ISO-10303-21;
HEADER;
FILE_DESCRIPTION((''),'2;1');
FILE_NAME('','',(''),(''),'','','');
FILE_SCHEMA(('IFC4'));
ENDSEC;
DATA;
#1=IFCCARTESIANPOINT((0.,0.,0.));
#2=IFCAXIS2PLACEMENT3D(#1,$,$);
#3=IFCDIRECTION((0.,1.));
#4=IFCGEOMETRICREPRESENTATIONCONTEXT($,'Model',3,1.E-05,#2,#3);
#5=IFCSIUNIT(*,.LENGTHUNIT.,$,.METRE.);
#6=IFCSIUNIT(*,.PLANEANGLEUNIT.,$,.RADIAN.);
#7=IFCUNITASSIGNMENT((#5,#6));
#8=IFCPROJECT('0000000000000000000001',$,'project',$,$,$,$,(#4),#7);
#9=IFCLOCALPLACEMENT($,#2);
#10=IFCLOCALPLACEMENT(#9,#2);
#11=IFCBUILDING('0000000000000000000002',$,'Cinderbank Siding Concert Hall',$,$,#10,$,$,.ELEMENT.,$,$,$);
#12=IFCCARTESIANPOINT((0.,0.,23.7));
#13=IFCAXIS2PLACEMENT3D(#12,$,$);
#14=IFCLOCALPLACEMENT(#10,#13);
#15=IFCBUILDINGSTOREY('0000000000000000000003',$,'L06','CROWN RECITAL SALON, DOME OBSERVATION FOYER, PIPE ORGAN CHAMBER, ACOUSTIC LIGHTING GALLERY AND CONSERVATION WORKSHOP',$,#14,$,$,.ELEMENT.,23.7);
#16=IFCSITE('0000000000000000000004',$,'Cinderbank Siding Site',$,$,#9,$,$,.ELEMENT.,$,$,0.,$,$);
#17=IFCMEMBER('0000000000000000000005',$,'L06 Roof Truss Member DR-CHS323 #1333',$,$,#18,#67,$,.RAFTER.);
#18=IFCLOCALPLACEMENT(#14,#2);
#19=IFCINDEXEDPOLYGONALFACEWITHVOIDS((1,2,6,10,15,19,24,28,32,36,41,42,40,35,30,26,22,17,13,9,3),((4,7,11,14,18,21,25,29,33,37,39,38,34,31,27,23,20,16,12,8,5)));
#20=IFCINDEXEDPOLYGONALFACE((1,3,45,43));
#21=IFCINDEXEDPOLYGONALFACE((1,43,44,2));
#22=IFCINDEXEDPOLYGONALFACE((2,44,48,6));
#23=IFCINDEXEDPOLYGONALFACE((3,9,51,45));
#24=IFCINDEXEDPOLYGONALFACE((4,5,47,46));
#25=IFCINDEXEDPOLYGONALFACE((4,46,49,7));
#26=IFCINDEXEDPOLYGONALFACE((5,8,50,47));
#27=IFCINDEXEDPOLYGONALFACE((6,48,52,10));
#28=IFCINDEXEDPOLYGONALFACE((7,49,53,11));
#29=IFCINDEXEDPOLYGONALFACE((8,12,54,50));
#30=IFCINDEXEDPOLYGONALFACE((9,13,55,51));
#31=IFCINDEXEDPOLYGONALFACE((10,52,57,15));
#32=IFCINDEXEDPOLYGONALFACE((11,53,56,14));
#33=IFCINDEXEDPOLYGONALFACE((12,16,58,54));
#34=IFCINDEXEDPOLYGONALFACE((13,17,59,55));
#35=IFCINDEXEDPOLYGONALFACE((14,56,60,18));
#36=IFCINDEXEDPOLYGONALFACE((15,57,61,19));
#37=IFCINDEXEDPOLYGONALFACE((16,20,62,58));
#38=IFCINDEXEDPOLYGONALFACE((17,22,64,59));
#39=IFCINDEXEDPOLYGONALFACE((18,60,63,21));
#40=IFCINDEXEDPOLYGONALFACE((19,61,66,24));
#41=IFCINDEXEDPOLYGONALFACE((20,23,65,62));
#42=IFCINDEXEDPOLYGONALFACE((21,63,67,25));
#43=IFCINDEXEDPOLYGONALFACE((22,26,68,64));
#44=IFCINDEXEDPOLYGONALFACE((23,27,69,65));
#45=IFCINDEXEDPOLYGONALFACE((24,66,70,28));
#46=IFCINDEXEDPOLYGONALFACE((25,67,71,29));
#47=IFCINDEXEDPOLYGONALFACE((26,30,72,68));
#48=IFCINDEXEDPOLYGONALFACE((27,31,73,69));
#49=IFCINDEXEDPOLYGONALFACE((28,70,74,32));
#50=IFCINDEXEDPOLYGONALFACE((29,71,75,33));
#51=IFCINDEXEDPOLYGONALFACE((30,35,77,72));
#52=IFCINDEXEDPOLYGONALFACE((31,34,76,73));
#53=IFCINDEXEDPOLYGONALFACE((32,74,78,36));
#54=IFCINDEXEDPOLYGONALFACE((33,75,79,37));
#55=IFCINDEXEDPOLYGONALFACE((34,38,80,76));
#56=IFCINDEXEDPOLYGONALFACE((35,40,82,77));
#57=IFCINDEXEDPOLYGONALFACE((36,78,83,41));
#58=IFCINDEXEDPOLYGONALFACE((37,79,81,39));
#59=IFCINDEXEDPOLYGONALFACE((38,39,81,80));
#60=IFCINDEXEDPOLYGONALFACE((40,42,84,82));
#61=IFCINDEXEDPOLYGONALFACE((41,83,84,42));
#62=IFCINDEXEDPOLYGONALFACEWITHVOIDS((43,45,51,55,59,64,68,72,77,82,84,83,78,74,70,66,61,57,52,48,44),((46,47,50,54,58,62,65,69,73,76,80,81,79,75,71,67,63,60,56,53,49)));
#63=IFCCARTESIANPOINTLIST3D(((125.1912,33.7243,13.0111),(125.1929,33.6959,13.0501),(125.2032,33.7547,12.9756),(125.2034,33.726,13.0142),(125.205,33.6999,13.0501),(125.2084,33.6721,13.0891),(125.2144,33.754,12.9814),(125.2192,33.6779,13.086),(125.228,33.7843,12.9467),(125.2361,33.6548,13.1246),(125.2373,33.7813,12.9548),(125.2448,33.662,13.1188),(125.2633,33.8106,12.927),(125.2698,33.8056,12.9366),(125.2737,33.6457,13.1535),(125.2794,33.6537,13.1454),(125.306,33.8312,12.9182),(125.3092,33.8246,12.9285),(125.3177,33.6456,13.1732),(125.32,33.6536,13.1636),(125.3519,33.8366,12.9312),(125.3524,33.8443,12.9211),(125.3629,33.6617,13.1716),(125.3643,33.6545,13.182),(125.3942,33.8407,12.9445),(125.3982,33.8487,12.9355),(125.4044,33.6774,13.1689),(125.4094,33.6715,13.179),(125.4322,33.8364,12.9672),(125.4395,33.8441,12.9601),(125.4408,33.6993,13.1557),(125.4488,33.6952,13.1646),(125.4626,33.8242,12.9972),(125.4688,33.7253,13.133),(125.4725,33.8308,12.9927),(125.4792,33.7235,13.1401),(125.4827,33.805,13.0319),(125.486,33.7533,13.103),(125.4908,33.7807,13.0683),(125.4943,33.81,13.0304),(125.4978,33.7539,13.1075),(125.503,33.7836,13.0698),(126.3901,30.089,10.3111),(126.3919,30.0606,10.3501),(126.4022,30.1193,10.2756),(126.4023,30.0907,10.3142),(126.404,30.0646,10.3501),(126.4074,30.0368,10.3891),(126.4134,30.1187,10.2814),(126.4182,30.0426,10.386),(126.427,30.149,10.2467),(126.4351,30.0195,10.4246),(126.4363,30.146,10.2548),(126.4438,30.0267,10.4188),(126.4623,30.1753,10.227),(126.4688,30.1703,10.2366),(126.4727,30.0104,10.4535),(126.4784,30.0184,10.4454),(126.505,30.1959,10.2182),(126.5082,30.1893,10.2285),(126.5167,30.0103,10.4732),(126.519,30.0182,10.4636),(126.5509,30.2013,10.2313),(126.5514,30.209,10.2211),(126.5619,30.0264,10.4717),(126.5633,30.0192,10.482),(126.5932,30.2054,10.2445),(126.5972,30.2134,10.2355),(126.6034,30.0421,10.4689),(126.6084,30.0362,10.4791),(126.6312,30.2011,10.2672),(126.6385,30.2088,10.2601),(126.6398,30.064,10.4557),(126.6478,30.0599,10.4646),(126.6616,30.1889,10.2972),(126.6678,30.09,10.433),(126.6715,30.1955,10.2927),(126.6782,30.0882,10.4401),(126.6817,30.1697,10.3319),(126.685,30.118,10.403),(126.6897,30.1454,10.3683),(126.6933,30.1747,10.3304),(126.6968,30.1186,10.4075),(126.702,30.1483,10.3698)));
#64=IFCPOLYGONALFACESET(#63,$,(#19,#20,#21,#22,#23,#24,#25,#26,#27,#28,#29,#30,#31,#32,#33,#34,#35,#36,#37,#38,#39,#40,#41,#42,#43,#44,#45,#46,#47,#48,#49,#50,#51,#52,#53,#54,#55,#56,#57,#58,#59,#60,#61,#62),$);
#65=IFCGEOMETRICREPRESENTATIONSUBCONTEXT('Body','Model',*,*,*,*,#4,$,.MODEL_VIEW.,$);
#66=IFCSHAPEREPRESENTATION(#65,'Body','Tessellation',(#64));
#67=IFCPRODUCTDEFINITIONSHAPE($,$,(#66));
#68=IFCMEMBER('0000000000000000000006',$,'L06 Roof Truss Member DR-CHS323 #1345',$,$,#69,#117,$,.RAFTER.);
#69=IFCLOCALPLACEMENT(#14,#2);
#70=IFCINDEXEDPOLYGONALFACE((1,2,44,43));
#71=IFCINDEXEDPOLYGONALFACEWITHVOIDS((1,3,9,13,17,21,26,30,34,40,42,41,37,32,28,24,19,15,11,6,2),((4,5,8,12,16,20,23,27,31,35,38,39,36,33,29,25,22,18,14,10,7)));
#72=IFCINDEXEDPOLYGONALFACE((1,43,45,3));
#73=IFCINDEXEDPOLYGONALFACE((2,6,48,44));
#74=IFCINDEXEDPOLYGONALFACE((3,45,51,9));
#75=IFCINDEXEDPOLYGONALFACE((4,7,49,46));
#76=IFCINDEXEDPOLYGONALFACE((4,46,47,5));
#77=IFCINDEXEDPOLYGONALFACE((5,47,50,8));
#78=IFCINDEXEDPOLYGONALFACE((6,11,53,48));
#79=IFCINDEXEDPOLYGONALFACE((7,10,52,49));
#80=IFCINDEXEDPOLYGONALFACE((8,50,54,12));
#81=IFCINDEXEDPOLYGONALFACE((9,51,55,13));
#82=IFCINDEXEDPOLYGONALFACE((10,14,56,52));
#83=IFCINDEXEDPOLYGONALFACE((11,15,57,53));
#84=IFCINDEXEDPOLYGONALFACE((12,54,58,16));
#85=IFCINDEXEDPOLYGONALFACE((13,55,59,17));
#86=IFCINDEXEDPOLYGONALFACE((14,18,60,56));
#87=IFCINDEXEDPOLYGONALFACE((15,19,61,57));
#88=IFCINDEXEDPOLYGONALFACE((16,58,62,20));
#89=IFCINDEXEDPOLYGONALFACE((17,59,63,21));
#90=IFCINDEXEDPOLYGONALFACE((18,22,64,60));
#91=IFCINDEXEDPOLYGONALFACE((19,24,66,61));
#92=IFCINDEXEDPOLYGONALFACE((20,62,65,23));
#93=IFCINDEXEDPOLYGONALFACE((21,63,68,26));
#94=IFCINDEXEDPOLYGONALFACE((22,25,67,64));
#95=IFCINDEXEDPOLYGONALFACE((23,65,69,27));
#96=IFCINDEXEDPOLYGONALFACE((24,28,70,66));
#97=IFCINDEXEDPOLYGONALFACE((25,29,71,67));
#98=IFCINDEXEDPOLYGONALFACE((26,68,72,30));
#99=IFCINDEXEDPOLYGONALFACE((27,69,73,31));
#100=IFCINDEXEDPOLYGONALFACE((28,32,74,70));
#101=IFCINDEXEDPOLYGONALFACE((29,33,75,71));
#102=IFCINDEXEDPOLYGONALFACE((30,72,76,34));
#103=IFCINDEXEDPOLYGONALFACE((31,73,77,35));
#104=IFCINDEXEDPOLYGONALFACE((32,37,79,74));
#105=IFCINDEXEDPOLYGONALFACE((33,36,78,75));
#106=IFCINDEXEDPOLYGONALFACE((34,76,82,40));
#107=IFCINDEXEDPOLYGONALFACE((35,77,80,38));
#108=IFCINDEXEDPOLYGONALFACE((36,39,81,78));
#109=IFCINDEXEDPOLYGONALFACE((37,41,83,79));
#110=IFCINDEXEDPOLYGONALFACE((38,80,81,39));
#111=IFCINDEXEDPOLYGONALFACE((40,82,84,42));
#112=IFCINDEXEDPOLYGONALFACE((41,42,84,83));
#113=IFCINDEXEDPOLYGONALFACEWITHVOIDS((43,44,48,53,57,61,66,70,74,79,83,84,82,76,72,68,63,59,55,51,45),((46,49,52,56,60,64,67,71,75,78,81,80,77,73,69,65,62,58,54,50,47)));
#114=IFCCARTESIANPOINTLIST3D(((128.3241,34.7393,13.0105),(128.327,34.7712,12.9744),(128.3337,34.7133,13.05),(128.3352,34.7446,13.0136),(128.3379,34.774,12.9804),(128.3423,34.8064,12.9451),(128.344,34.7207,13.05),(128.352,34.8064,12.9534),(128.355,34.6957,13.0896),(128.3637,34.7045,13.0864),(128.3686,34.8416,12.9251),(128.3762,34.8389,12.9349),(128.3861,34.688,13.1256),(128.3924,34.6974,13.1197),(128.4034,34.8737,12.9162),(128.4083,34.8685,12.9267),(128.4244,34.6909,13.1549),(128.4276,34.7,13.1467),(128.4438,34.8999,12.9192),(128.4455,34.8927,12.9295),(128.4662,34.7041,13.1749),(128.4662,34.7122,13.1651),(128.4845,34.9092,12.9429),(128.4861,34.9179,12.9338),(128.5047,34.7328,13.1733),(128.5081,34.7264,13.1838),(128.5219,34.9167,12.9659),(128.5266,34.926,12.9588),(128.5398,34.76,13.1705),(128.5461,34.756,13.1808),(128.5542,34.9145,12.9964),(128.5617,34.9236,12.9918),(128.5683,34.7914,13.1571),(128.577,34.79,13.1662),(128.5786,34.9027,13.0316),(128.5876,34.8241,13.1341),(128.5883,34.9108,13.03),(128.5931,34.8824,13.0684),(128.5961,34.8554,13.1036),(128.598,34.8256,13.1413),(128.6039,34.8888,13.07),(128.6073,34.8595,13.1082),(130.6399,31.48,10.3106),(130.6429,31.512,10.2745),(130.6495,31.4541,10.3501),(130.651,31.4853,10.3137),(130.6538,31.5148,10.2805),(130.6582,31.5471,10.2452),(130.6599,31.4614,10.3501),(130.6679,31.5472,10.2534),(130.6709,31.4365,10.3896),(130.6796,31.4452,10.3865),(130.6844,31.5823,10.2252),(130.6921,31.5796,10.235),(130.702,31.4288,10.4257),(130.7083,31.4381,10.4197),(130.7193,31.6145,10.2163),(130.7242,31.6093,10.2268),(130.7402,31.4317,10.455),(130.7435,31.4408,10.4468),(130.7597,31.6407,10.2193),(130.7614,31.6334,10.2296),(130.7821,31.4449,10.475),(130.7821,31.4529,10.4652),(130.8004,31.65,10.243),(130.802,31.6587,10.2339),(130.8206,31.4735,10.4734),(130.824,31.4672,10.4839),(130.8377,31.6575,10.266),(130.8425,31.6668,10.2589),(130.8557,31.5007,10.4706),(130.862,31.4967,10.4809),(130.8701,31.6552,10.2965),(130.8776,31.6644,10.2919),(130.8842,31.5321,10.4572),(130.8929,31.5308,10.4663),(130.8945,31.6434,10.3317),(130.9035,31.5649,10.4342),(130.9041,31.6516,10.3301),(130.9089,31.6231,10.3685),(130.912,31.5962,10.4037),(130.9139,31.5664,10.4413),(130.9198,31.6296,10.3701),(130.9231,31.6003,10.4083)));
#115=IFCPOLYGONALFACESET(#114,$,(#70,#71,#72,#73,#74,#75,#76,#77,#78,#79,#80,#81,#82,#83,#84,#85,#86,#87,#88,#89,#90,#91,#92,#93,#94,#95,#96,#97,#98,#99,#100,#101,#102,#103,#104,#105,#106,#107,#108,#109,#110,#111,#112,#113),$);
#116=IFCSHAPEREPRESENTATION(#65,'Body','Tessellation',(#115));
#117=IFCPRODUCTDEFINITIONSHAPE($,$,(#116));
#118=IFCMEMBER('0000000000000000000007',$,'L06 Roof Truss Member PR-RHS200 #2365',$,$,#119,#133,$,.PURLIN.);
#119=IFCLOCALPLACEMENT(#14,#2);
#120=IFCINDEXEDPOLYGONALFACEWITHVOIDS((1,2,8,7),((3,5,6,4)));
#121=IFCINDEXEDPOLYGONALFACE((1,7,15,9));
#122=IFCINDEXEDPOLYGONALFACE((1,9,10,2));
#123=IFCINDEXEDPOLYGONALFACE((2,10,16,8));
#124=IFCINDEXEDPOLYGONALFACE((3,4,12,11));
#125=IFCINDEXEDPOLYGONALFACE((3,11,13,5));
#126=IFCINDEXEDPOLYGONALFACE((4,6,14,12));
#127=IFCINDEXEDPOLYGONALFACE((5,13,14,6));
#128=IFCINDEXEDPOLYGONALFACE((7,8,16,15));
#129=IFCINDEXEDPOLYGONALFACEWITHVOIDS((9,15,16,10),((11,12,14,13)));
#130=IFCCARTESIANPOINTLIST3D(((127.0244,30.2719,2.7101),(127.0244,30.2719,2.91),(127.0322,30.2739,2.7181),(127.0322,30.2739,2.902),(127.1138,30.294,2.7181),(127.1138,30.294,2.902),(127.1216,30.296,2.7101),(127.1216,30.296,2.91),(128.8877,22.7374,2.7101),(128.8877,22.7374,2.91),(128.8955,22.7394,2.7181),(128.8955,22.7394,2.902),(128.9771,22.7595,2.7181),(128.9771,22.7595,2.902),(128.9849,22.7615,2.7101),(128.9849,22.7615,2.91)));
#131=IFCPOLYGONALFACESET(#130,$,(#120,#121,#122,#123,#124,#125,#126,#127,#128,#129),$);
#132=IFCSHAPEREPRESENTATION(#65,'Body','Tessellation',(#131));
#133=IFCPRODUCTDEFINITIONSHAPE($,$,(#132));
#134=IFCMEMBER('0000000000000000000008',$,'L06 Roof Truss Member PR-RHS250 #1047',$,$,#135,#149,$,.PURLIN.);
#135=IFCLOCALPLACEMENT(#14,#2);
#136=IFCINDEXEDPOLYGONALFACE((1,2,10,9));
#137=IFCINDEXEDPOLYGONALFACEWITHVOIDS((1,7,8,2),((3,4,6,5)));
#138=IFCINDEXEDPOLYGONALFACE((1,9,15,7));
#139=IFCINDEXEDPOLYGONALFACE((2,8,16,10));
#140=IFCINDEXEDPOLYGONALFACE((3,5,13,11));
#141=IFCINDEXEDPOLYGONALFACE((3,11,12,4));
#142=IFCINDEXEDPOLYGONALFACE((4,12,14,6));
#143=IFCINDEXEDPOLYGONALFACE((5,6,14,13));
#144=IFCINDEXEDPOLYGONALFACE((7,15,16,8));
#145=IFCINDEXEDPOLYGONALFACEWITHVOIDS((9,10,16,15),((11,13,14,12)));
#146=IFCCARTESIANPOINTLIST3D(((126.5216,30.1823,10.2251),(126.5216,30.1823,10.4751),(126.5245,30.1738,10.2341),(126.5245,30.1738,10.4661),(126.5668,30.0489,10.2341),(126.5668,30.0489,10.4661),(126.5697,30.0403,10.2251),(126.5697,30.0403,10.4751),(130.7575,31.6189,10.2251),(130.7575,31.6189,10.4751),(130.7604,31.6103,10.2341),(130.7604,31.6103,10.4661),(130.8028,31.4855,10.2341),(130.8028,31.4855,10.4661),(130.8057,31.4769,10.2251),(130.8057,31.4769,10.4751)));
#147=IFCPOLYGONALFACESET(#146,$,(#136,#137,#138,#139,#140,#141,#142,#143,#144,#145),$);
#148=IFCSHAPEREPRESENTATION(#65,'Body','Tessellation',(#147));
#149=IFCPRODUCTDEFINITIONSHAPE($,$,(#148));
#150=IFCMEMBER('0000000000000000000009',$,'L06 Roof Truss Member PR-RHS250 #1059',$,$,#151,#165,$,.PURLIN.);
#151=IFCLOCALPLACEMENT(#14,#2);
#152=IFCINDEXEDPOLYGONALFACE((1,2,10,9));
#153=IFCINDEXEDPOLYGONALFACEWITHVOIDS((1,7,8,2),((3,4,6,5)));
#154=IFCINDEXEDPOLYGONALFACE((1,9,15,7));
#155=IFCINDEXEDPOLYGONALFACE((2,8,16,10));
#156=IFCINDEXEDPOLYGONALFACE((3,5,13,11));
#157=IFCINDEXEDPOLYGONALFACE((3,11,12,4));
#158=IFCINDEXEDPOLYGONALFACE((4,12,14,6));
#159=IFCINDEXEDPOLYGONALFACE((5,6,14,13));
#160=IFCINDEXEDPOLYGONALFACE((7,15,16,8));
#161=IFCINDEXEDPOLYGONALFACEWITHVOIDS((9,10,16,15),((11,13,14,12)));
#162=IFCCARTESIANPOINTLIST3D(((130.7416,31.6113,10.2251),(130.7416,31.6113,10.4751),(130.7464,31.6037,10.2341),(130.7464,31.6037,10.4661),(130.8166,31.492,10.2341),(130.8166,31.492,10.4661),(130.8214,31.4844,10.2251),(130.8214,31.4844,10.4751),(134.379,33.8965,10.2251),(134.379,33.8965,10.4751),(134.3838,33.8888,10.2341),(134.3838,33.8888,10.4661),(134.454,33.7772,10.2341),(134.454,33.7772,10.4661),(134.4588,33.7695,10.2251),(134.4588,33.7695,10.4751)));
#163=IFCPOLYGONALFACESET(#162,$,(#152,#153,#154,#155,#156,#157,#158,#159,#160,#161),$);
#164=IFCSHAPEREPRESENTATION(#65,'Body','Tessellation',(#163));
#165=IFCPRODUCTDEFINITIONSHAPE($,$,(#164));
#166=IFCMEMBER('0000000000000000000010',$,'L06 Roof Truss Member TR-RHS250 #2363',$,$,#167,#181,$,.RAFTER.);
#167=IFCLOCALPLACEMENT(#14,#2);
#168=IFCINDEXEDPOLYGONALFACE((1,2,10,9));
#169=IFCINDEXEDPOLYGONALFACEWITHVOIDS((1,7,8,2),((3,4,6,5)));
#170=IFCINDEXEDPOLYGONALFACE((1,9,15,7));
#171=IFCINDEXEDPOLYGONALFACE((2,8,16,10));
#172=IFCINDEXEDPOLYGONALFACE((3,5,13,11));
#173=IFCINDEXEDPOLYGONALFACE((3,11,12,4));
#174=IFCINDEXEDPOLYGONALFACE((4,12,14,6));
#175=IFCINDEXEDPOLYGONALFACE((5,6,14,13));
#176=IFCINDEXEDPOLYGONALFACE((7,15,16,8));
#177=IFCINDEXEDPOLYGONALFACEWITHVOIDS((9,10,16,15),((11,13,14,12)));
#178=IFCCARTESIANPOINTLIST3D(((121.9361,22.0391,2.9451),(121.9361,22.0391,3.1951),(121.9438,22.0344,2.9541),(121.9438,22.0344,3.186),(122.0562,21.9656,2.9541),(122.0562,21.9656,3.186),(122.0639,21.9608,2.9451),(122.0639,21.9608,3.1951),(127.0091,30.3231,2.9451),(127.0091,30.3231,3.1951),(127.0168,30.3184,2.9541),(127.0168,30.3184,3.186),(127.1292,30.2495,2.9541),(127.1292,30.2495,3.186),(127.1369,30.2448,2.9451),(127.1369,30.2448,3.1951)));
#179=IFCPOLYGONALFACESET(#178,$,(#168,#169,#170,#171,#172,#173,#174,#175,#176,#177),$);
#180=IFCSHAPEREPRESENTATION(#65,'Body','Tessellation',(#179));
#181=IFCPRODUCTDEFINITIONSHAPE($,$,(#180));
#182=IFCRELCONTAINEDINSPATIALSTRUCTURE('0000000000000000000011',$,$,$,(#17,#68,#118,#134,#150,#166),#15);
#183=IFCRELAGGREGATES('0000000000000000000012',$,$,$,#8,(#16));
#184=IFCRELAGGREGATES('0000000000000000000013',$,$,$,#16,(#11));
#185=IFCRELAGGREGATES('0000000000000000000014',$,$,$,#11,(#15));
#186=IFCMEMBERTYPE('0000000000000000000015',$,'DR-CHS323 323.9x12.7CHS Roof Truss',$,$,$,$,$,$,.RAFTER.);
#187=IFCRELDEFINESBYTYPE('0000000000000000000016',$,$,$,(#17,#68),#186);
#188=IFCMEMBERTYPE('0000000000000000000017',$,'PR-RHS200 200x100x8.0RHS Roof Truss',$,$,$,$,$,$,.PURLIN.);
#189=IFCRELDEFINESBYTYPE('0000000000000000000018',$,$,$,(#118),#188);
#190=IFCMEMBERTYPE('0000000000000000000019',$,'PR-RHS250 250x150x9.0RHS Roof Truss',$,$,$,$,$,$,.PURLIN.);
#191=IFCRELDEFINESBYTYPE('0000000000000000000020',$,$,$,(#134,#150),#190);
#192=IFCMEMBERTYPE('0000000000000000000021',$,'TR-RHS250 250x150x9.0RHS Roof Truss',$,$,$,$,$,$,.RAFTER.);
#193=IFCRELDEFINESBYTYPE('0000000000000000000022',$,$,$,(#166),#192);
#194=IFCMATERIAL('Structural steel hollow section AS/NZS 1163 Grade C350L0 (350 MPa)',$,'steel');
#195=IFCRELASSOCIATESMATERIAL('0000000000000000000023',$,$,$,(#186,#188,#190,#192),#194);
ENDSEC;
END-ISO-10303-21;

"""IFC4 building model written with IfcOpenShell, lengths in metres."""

from ifc_helpers import new_model, si_unit, direction, frame, origin, origin_2d, place, context, subcontext, project, spatial, hollow_rectangle, hollow_circle, extrude, material, material_profile, profile_set, type_object, element, save


model = new_model("IFC4")

# Units and contexts
model_context = context("Model", 3, precision=1e-05, world=origin(), true_north=direction((0.0, 1.0)))
body_context = subcontext(model_context, "Body", "Model", "MODEL_VIEW")
ifc_project = project(units=[si_unit("LENGTHUNIT", "METRE"), si_unit("PLANEANGLEUNIT", "RADIAN")], contexts=[model_context])

# Site, building, storey
site_placement = place(None, origin())
site = spatial("IfcSite", under=ifc_project, at=site_placement, Name="Cinderbank Siding Site", CompositionType="ELEMENT", RefElevation=0.0)
building_placement = place(site_placement, origin())
building = spatial("IfcBuilding", under=site, at=building_placement, Name="Cinderbank Siding Concert Hall", CompositionType="ELEMENT")
storey_placement = place(building_placement, frame((0.0, 0.0, 23.7)))
storey = spatial("IfcBuildingStorey", under=building, at=storey_placement, Name="L06", Description="CROWN RECITAL SALON, DOME OBSERVATION FOYER, PIPE ORGAN CHAMBER, ACOUSTIC LIGHTING GALLERY AND CONSERVATION WORKSHOP", CompositionType="ELEMENT", Elevation=23.7)

# Members
ifc_material_1 = material(Name="Structural steel hollow section AS/NZS 1163 Grade C350L0 (350 MPa)", Category="steel")
ifc_material_profile_1 = material_profile(ifc_material_1, hollow_circle(Radius=0.1619, WallThickness=0.0127, at=origin_2d()), Name="323.9x12.7CHS", Category="LoadBearing")
ifc_profile_set_1 = profile_set([ifc_material_profile_1], Name="Structural steel hollow section AS/NZS 1163 Grade C350L0 (350 MPa)")
member_type_1 = type_object("IfcMemberType", Name="DR-CHS323 323.9x12.7CHS Roof Truss", PredefinedType="RAFTER", material=ifc_profile_set_1)
member_1_placement = place(storey_placement, frame((126.5457, 30.1113, 10.3501), z_axis=(-0.255958, 0.776056, 0.576387), x_axis=(-0.94968, -0.313222, 0.0)))
element("IfcMember", 1, at=member_1_placement, inside=storey, type_object=member_type_1, Name="L06 Roof Truss Member DR-CHS323 #1333", PredefinedType="RAFTER", context=body_context, shape_type="SweptSolid", body=[
    extrude(hollow_circle(Radius=0.1619, WallThickness=0.0127, at=origin_2d()), origin(), (0.0, 0.0, 1.0), 4.6843),
])
member_2_placement = place(storey_placement, frame((130.7815, 31.5479, 10.3501), z_axis=(-0.48003, 0.675564, 0.55963), x_axis=(-0.815167, -0.579226, 0.0)))
element("IfcMember", 2, at=member_2_placement, inside=storey, type_object=member_type_1, Name="L06 Roof Truss Member DR-CHS323 #1345", PredefinedType="RAFTER", context=body_context, shape_type="SweptSolid", body=[
    extrude(hollow_circle(Radius=0.1619, WallThickness=0.0127, at=origin_2d()), origin(), (0.0, 0.0, 1.0), 4.8245),
])
ifc_material_profile_2 = material_profile(ifc_material_1, hollow_rectangle(XDim=0.1001, YDim=0.2, WallThickness=0.0081, at=origin_2d()), Name="200x100x8.0RHS", Category="LoadBearing")
ifc_profile_set_2 = profile_set([ifc_material_profile_2], Name="Structural steel hollow section AS/NZS 1163 Grade C350L0 (350 MPa)")
member_type_2 = type_object("IfcMemberType", Name="PR-RHS200 200x100x8.0RHS Roof Truss", PredefinedType="PURLIN", material=ifc_profile_set_2)
member_3_placement = place(storey_placement, frame((127.073, 30.2839, 2.8101), z_axis=(0.24007, -0.970756, 0.0), x_axis=(0.970756, 0.24007, 0.0)))
element("IfcMember", 3, at=member_3_placement, inside=storey, type_object=member_type_2, Name="L06 Roof Truss Member PR-RHS200 #2365", PredefinedType="PURLIN", context=body_context, shape_type="SweptSolid", body=[
    extrude(hollow_rectangle(XDim=0.1001, YDim=0.2, WallThickness=0.0081, at=origin_2d()), origin(), (0.0, 0.0, 1.0), 7.7615),
])
ifc_material_profile_3 = material_profile(ifc_material_1, hollow_rectangle(XDim=0.1499, YDim=0.25, WallThickness=0.009, at=origin_2d()), Name="250x150x9.0RHS", Category="LoadBearing")
ifc_profile_set_3 = profile_set([ifc_material_profile_3], Name="Structural steel hollow section AS/NZS 1163 Grade C350L0 (350 MPa)")
member_type_3 = type_object("IfcMemberType", Name="PR-RHS250 250x150x9.0RHS Roof Truss", PredefinedType="PURLIN", material=ifc_profile_set_3)
member_4_placement = place(storey_placement, frame((126.5457, 30.1113, 10.3501), z_axis=(0.947022, 0.321169, 0.0), x_axis=(-0.321169, 0.947022, 0.0)))
element("IfcMember", 4, at=member_4_placement, inside=storey, type_object=member_type_3, Name="L06 Roof Truss Member PR-RHS250 #1047", PredefinedType="PURLIN", context=body_context, shape_type="SweptSolid", body=[
    extrude(hollow_rectangle(XDim=0.1499, YDim=0.25, WallThickness=0.009, at=origin_2d()), origin(), (0.0, 0.0, 1.0), 4.4729),
])
member_5_placement = place(storey_placement, frame((130.7815, 31.5479, 10.3501), z_axis=(0.846767, 0.531964, 0.0), x_axis=(-0.531964, 0.846767, 0.0)))
element("IfcMember", 5, at=member_5_placement, inside=storey, type_object=member_type_3, Name="L06 Roof Truss Member PR-RHS250 #1059", PredefinedType="PURLIN", context=body_context, shape_type="SweptSolid", body=[
    extrude(hollow_rectangle(XDim=0.1499, YDim=0.25, WallThickness=0.009, at=origin_2d()), origin(), (0.0, 0.0, 1.0), 4.2957),
])
ifc_material_profile_4 = material_profile(ifc_material_1, hollow_rectangle(XDim=0.1499, YDim=0.25, WallThickness=0.009, at=origin_2d()), Name="250x150x9.0RHS", Category="LoadBearing")
ifc_profile_set_4 = profile_set([ifc_material_profile_4], Name="Structural steel hollow section AS/NZS 1163 Grade C350L0 (350 MPa)")
member_type_4 = type_object("IfcMemberType", Name="TR-RHS250 250x150x9.0RHS Roof Truss", PredefinedType="RAFTER", material=ifc_profile_set_4)
member_6_placement = place(storey_placement, frame((127.073, 30.2839, 3.0701), z_axis=(-0.522244, -0.852796, 0.0), x_axis=(0.852796, -0.522244, 0.0)))
element("IfcMember", 6, at=member_6_placement, inside=storey, type_object=member_type_4, Name="L06 Roof Truss Member TR-RHS250 #2363", PredefinedType="RAFTER", context=body_context, shape_type="SweptSolid", body=[
    extrude(hollow_rectangle(XDim=0.1499, YDim=0.25, WallThickness=0.009, at=origin_2d()), origin(), (0.0, 0.0, 1.0), 9.7139),
])

save(model, "model.ifc")
